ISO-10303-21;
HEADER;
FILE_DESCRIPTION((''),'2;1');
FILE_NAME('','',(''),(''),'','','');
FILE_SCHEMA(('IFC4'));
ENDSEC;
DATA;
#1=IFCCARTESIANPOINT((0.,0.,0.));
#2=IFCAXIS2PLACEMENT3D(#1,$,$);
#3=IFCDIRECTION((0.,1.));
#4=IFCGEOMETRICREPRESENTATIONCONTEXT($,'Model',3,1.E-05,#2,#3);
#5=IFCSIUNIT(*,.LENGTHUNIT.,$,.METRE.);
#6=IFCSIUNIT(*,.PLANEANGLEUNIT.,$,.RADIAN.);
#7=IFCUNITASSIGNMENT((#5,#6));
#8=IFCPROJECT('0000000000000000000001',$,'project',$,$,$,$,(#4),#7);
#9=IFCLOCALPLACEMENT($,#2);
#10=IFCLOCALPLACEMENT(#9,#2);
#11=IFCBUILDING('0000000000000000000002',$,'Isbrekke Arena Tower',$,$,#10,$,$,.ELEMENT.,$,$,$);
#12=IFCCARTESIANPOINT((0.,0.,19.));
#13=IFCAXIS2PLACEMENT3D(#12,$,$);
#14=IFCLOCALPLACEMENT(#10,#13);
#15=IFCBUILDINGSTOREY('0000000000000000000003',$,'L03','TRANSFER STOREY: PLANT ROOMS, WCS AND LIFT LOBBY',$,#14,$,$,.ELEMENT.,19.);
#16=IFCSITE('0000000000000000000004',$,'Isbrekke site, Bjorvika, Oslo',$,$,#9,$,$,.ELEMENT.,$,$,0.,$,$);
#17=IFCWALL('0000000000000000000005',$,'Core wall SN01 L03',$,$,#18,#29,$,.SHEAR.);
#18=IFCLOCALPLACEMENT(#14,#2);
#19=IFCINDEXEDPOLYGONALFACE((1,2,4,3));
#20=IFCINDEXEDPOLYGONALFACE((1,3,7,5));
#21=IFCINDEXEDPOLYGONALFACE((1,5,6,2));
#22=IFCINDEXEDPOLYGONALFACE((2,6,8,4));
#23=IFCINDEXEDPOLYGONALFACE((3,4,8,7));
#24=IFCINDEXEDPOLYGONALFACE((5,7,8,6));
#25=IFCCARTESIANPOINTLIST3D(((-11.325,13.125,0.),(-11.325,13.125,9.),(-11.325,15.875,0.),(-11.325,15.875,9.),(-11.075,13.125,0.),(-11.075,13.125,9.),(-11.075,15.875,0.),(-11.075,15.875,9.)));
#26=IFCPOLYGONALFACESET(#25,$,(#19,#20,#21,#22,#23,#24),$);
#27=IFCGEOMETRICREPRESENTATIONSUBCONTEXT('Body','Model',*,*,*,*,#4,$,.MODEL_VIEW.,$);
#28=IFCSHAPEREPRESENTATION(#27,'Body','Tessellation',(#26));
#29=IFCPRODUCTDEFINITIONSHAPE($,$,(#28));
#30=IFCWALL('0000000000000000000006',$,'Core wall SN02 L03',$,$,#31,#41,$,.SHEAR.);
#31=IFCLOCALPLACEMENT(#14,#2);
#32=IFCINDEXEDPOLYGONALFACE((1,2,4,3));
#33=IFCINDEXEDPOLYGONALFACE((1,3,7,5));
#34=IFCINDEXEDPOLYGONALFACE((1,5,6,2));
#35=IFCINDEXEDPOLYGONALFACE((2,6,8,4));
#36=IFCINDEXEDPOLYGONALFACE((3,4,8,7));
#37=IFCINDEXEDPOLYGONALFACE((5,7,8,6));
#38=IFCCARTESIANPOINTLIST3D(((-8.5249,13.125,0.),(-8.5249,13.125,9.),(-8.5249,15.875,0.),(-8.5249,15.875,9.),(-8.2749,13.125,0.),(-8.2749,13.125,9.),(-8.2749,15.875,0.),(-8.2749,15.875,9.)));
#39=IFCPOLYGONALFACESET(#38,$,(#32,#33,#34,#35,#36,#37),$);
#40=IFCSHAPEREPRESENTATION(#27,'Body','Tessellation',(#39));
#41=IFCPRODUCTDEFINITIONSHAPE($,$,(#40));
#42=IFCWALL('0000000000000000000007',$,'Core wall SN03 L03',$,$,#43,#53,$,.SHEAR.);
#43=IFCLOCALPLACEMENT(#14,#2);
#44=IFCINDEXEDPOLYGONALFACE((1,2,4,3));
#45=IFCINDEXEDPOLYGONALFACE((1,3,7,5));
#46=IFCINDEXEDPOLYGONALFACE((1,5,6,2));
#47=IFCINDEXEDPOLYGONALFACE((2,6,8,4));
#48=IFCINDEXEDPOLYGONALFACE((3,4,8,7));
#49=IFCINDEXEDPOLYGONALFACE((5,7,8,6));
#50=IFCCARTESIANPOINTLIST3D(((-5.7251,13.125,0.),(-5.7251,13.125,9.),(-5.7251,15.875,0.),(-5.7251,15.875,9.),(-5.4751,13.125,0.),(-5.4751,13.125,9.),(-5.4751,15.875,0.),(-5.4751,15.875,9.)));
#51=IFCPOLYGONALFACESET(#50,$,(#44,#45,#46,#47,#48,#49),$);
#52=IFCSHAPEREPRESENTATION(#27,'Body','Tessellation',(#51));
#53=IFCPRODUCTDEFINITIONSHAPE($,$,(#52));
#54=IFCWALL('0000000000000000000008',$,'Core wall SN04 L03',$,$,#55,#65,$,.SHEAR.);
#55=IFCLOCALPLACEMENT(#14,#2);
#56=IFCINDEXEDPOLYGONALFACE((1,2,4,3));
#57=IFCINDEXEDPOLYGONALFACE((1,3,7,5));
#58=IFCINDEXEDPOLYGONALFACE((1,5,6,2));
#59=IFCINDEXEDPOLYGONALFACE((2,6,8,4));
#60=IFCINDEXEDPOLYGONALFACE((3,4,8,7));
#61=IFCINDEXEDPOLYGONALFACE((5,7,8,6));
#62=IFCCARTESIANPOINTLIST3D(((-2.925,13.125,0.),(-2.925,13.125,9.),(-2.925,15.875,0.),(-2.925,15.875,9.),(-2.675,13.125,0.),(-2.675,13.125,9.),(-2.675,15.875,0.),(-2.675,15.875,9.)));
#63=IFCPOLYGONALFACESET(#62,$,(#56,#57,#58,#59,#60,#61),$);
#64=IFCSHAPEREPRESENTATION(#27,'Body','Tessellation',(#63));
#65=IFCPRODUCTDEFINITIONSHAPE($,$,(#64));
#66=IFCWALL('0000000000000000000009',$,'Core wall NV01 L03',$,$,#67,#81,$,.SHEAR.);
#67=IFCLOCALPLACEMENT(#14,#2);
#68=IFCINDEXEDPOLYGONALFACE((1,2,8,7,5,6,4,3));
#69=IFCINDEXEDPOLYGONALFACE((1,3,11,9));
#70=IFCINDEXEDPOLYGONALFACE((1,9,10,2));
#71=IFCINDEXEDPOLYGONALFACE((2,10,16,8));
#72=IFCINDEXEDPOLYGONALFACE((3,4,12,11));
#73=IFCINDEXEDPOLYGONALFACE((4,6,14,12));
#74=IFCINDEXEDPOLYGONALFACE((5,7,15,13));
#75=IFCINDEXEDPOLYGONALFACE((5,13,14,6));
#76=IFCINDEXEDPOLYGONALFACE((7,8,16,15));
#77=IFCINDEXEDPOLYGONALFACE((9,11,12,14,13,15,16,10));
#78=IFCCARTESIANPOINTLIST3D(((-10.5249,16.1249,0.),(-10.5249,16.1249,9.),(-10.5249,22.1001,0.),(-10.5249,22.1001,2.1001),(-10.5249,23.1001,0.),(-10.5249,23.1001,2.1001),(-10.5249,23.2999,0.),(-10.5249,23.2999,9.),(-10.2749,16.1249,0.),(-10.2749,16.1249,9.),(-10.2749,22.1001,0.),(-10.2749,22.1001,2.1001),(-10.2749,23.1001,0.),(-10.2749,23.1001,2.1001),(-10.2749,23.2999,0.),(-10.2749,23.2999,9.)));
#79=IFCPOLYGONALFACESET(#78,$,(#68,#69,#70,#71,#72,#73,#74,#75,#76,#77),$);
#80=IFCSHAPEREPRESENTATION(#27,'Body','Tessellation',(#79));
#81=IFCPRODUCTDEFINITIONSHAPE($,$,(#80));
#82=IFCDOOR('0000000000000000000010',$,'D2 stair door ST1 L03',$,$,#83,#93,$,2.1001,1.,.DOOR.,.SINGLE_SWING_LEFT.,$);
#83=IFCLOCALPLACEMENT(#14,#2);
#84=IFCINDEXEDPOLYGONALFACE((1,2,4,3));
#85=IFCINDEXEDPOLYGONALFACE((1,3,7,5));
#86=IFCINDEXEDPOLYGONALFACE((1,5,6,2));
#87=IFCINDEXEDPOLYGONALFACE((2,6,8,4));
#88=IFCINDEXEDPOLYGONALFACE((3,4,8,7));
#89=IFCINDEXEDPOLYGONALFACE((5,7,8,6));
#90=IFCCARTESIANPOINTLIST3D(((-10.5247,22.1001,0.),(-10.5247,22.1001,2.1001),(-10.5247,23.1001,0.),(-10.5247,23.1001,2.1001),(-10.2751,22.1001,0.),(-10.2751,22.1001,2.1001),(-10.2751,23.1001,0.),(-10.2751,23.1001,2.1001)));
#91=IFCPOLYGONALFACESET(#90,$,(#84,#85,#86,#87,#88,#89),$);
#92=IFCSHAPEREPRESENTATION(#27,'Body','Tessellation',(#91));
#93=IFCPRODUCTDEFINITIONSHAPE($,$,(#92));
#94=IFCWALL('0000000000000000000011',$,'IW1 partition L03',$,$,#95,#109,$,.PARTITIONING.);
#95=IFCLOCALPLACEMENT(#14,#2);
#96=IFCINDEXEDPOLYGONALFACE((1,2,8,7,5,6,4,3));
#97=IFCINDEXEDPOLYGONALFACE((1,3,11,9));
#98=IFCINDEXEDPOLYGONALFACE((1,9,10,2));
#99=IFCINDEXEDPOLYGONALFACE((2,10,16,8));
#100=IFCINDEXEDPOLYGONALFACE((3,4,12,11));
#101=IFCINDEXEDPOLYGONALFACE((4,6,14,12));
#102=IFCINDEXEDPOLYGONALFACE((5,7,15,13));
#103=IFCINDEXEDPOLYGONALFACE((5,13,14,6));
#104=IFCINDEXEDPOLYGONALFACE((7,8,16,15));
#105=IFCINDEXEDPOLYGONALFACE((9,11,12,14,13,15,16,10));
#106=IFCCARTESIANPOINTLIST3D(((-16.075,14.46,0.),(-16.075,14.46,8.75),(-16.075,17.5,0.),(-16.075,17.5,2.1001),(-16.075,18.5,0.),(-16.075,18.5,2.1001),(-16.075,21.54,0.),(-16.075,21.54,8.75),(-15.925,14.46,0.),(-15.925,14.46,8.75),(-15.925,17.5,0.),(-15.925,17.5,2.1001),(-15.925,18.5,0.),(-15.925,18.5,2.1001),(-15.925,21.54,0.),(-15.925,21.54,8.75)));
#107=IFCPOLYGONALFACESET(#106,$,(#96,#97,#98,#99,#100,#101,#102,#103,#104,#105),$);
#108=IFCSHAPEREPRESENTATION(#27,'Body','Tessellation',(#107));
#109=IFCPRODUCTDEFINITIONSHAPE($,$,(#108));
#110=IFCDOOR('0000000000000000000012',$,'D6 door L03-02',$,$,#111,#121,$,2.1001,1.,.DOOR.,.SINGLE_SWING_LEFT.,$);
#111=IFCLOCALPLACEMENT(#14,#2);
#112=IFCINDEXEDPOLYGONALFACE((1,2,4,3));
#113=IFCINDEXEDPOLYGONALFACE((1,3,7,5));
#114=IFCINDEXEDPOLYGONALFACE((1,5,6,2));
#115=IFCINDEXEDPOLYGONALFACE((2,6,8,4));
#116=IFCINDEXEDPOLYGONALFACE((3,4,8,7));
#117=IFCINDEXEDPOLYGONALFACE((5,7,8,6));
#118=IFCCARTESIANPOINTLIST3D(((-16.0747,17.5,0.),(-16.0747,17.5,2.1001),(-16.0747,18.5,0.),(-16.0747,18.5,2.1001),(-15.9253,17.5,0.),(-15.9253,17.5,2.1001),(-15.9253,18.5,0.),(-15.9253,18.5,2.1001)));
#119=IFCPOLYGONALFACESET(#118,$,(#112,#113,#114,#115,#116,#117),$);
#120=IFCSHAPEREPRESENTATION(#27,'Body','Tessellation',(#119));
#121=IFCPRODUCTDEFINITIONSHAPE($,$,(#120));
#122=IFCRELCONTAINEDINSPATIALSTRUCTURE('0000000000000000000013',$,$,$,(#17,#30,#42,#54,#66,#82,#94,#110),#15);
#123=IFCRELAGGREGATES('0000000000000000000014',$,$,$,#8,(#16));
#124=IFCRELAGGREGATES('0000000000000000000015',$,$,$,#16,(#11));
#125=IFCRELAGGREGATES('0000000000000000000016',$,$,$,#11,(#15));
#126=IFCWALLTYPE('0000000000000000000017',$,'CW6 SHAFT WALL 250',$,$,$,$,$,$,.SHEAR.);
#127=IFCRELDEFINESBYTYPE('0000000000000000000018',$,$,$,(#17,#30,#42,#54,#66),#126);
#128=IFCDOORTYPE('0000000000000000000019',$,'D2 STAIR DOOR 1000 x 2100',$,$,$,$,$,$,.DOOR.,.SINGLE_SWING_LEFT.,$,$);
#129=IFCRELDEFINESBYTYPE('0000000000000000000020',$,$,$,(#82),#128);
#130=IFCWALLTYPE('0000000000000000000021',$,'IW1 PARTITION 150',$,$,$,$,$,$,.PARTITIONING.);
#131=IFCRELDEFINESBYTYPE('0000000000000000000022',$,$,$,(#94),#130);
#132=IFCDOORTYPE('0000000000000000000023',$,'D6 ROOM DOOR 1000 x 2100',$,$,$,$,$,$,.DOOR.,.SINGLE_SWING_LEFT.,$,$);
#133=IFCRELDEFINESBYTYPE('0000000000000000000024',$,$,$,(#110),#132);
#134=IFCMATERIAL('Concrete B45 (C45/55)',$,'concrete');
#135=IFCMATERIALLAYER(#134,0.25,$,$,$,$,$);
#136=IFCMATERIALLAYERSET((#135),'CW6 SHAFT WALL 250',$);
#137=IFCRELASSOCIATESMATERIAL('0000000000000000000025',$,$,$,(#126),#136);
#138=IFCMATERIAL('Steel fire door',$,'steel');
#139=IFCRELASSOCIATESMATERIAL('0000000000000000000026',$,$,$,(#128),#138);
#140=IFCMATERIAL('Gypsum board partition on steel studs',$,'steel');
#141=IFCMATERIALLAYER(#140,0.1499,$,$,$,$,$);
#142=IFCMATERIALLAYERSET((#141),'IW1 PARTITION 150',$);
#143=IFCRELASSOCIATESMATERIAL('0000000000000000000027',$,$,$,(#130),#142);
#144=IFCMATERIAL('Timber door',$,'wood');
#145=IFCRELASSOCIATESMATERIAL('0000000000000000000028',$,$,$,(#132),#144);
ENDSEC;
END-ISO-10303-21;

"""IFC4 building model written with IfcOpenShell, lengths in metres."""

from ifc_helpers import new_model, si_unit, direction, frame, frame_2d, origin, place, context, subcontext, project, spatial, rectangle, extrude, material, layer, layer_set, type_object, element, fill, save


model = new_model("IFC4")

# Units and contexts
model_context = context("Model", 3, precision=1e-05, world=origin(), true_north=direction((0.0, 1.0)))
body_context = subcontext(model_context, "Body", "Model", "MODEL_VIEW")
ifc_project = project(units=[si_unit("LENGTHUNIT", "METRE"), si_unit("PLANEANGLEUNIT", "RADIAN")], contexts=[model_context])

# Site, building, storey
site_placement = place(None, origin())
site = spatial("IfcSite", under=ifc_project, at=site_placement, Name="Isbrekke site, Bjorvika, Oslo", CompositionType="ELEMENT", RefElevation=0.0)
building_placement = place(site_placement, origin())
building = spatial("IfcBuilding", under=site, at=building_placement, Name="Isbrekke Arena Tower", CompositionType="ELEMENT")
storey_placement = place(building_placement, frame((0.0, 0.0, 19.0)))
storey = spatial("IfcBuildingStorey", under=building, at=storey_placement, Name="L03", Description="TRANSFER STOREY: PLANT ROOMS, WCS AND LIFT LOBBY", CompositionType="ELEMENT", Elevation=19.0)

# Shared definitions
ifc_material_1 = material(Name="Concrete B45 (C45/55)", Category="concrete")
ifc_layer_1 = layer(ifc_material_1, 0.25)
ifc_layer_set_1 = layer_set([ifc_layer_1], Name="CW6 SHAFT WALL 250")
wall_type_1 = type_object("IfcWallType", Name="CW6 SHAFT WALL 250", PredefinedType="SHEAR", material=ifc_layer_set_1)

# Walls
for number, where, z_axis, x_axis, name in (
    (1, (-11.2, 13.125, 0.0), (0.0, 0.0, 1.0), (0.0, 1.0, 0.0), "Core wall SN01 L03"),
    (2, (-8.3999, 13.125, 0.0), (0.0, 0.0, 1.0), (0.0, 1.0, 0.0), "Core wall SN02 L03"),
    (3, (-5.6001, 13.125, 0.0), (0.0, 0.0, 1.0), (0.0, 1.0, 0.0), "Core wall SN03 L03"),
    (4, (-2.8, 13.125, 0.0), (0.0, 0.0, 1.0), (0.0, 1.0, 0.0), "Core wall SN04 L03"),
):
    element("IfcWall", number, at=place(storey_placement, frame(where, z_axis=z_axis, x_axis=x_axis)), inside=storey, type_object=wall_type_1, Name=name, PredefinedType="SHEAR", context=body_context, shape_type="SweptSolid", body=[
        extrude(rectangle(XDim=2.75, YDim=0.25, at=frame_2d((1.375, 0.0))), origin(), (0.0, 0.0, 1.0), 9.0),
    ])

# Walls, openings, doors
wall_1_placement = place(storey_placement, frame((-10.3999, 16.125, 0.0), z_axis=(0.0, 0.0, 1.0), x_axis=(0.0, 1.0, 0.0)))
wall_1 = element("IfcWall", 5, at=wall_1_placement, inside=storey, type_object=wall_type_1, Name="Core wall NV01 L03", PredefinedType="SHEAR", context=body_context, shape_type="SweptSolid", body=[
    extrude(rectangle(XDim=7.175, YDim=0.25, at=frame_2d((3.5874, 0.0))), origin(), (0.0, 0.0, 1.0), 9.0),
])
opening_1_placement = place(wall_1_placement, frame((5.9751, 0.0, 0.0)))
opening_1 = element("IfcOpeningElement", 6, at=opening_1_placement, cuts=wall_1, PredefinedType="OPENING", context=body_context, shape_type="SweptSolid", body=[
    extrude(rectangle(XDim=1.0, YDim=2.1001, at=frame_2d((0.5, 1.05))), frame((0.0, 0.1399, 0.0), z_axis=(0.0, -1.0, 0.0), x_axis=(1.0, 0.0, 0.0)), (0.0, 0.0, 1.0), 0.2798),
])
ifc_material_2 = material(Name="Steel fire door", Category="steel")
door_type_1 = type_object("IfcDoorType", Name="D2 STAIR DOOR 1000 x 2100", OperationType="SINGLE_SWING_LEFT", PredefinedType="DOOR", material=ifc_material_2)
door_1_placement = place(opening_1_placement, origin())
door_1 = element("IfcDoor", 7, at=door_1_placement, inside=storey, type_object=door_type_1, Name="D2 stair door ST1 L03", OperationType="SINGLE_SWING_LEFT", OverallHeight=2.1001, OverallWidth=1.0, PredefinedType="DOOR", context=body_context, shape_type="SweptSolid", body=[
    extrude(rectangle(XDim=1.0, YDim=2.1001, at=frame_2d((0.5, 1.05))), frame((0.0, 0.1248, 0.0), z_axis=(0.0, -1.0, 0.0), x_axis=(1.0, 0.0, 0.0)), (0.0, 0.0, 1.0), 0.2495),
])
fill(opening_1, door_1)
ifc_material_3 = material(Name="Gypsum board partition on steel studs", Category="steel")
ifc_layer_2 = layer(ifc_material_3, 0.1499)
ifc_layer_set_2 = layer_set([ifc_layer_2], Name="IW1 PARTITION 150")
wall_type_2 = type_object("IfcWallType", Name="IW1 PARTITION 150", PredefinedType="PARTITIONING", material=ifc_layer_set_2)
wall_2_placement = place(storey_placement, frame((-16.0, 14.46, 0.0), z_axis=(0.0, 0.0, 1.0), x_axis=(0.0, 1.0, 0.0)))
wall_2 = element("IfcWall", 8, at=wall_2_placement, inside=storey, type_object=wall_type_2, Name="IW1 partition L03", PredefinedType="PARTITIONING", context=body_context, shape_type="SweptSolid", body=[
    extrude(rectangle(XDim=7.0801, YDim=0.1499, at=frame_2d((3.54, 0.0))), origin(), (0.0, 0.0, 1.0), 8.75),
])
opening_2_placement = place(wall_2_placement, frame((3.04, 0.0, 0.0)))
opening_2 = element("IfcOpeningElement", 9, at=opening_2_placement, cuts=wall_2, PredefinedType="OPENING", context=body_context, shape_type="SweptSolid", body=[
    extrude(rectangle(XDim=1.0, YDim=2.1001, at=frame_2d((0.5, 1.05))), frame((0.0, 0.0898, 0.0), z_axis=(0.0, -1.0, 0.0), x_axis=(1.0, 0.0, 0.0)), (0.0, 0.0, 1.0), 0.1797),
])
ifc_material_4 = material(Name="Timber door", Category="wood")
door_type_2 = type_object("IfcDoorType", Name="D6 ROOM DOOR 1000 x 2100", OperationType="SINGLE_SWING_LEFT", PredefinedType="DOOR", material=ifc_material_4)
door_2_placement = place(opening_2_placement, origin())
door_2 = element("IfcDoor", 10, at=door_2_placement, inside=storey, type_object=door_type_2, Name="D6 door L03-02", OperationType="SINGLE_SWING_LEFT", OverallHeight=2.1001, OverallWidth=1.0, PredefinedType="DOOR", context=body_context, shape_type="SweptSolid", body=[
    extrude(rectangle(XDim=1.0, YDim=2.1001, at=frame_2d((0.5, 1.05))), frame((0.0, 0.0747, 0.0), z_axis=(0.0, -1.0, 0.0), x_axis=(1.0, 0.0, 0.0)), (0.0, 0.0, 1.0), 0.1494),
])
fill(opening_2, door_2)

save(model, "model.ifc")
